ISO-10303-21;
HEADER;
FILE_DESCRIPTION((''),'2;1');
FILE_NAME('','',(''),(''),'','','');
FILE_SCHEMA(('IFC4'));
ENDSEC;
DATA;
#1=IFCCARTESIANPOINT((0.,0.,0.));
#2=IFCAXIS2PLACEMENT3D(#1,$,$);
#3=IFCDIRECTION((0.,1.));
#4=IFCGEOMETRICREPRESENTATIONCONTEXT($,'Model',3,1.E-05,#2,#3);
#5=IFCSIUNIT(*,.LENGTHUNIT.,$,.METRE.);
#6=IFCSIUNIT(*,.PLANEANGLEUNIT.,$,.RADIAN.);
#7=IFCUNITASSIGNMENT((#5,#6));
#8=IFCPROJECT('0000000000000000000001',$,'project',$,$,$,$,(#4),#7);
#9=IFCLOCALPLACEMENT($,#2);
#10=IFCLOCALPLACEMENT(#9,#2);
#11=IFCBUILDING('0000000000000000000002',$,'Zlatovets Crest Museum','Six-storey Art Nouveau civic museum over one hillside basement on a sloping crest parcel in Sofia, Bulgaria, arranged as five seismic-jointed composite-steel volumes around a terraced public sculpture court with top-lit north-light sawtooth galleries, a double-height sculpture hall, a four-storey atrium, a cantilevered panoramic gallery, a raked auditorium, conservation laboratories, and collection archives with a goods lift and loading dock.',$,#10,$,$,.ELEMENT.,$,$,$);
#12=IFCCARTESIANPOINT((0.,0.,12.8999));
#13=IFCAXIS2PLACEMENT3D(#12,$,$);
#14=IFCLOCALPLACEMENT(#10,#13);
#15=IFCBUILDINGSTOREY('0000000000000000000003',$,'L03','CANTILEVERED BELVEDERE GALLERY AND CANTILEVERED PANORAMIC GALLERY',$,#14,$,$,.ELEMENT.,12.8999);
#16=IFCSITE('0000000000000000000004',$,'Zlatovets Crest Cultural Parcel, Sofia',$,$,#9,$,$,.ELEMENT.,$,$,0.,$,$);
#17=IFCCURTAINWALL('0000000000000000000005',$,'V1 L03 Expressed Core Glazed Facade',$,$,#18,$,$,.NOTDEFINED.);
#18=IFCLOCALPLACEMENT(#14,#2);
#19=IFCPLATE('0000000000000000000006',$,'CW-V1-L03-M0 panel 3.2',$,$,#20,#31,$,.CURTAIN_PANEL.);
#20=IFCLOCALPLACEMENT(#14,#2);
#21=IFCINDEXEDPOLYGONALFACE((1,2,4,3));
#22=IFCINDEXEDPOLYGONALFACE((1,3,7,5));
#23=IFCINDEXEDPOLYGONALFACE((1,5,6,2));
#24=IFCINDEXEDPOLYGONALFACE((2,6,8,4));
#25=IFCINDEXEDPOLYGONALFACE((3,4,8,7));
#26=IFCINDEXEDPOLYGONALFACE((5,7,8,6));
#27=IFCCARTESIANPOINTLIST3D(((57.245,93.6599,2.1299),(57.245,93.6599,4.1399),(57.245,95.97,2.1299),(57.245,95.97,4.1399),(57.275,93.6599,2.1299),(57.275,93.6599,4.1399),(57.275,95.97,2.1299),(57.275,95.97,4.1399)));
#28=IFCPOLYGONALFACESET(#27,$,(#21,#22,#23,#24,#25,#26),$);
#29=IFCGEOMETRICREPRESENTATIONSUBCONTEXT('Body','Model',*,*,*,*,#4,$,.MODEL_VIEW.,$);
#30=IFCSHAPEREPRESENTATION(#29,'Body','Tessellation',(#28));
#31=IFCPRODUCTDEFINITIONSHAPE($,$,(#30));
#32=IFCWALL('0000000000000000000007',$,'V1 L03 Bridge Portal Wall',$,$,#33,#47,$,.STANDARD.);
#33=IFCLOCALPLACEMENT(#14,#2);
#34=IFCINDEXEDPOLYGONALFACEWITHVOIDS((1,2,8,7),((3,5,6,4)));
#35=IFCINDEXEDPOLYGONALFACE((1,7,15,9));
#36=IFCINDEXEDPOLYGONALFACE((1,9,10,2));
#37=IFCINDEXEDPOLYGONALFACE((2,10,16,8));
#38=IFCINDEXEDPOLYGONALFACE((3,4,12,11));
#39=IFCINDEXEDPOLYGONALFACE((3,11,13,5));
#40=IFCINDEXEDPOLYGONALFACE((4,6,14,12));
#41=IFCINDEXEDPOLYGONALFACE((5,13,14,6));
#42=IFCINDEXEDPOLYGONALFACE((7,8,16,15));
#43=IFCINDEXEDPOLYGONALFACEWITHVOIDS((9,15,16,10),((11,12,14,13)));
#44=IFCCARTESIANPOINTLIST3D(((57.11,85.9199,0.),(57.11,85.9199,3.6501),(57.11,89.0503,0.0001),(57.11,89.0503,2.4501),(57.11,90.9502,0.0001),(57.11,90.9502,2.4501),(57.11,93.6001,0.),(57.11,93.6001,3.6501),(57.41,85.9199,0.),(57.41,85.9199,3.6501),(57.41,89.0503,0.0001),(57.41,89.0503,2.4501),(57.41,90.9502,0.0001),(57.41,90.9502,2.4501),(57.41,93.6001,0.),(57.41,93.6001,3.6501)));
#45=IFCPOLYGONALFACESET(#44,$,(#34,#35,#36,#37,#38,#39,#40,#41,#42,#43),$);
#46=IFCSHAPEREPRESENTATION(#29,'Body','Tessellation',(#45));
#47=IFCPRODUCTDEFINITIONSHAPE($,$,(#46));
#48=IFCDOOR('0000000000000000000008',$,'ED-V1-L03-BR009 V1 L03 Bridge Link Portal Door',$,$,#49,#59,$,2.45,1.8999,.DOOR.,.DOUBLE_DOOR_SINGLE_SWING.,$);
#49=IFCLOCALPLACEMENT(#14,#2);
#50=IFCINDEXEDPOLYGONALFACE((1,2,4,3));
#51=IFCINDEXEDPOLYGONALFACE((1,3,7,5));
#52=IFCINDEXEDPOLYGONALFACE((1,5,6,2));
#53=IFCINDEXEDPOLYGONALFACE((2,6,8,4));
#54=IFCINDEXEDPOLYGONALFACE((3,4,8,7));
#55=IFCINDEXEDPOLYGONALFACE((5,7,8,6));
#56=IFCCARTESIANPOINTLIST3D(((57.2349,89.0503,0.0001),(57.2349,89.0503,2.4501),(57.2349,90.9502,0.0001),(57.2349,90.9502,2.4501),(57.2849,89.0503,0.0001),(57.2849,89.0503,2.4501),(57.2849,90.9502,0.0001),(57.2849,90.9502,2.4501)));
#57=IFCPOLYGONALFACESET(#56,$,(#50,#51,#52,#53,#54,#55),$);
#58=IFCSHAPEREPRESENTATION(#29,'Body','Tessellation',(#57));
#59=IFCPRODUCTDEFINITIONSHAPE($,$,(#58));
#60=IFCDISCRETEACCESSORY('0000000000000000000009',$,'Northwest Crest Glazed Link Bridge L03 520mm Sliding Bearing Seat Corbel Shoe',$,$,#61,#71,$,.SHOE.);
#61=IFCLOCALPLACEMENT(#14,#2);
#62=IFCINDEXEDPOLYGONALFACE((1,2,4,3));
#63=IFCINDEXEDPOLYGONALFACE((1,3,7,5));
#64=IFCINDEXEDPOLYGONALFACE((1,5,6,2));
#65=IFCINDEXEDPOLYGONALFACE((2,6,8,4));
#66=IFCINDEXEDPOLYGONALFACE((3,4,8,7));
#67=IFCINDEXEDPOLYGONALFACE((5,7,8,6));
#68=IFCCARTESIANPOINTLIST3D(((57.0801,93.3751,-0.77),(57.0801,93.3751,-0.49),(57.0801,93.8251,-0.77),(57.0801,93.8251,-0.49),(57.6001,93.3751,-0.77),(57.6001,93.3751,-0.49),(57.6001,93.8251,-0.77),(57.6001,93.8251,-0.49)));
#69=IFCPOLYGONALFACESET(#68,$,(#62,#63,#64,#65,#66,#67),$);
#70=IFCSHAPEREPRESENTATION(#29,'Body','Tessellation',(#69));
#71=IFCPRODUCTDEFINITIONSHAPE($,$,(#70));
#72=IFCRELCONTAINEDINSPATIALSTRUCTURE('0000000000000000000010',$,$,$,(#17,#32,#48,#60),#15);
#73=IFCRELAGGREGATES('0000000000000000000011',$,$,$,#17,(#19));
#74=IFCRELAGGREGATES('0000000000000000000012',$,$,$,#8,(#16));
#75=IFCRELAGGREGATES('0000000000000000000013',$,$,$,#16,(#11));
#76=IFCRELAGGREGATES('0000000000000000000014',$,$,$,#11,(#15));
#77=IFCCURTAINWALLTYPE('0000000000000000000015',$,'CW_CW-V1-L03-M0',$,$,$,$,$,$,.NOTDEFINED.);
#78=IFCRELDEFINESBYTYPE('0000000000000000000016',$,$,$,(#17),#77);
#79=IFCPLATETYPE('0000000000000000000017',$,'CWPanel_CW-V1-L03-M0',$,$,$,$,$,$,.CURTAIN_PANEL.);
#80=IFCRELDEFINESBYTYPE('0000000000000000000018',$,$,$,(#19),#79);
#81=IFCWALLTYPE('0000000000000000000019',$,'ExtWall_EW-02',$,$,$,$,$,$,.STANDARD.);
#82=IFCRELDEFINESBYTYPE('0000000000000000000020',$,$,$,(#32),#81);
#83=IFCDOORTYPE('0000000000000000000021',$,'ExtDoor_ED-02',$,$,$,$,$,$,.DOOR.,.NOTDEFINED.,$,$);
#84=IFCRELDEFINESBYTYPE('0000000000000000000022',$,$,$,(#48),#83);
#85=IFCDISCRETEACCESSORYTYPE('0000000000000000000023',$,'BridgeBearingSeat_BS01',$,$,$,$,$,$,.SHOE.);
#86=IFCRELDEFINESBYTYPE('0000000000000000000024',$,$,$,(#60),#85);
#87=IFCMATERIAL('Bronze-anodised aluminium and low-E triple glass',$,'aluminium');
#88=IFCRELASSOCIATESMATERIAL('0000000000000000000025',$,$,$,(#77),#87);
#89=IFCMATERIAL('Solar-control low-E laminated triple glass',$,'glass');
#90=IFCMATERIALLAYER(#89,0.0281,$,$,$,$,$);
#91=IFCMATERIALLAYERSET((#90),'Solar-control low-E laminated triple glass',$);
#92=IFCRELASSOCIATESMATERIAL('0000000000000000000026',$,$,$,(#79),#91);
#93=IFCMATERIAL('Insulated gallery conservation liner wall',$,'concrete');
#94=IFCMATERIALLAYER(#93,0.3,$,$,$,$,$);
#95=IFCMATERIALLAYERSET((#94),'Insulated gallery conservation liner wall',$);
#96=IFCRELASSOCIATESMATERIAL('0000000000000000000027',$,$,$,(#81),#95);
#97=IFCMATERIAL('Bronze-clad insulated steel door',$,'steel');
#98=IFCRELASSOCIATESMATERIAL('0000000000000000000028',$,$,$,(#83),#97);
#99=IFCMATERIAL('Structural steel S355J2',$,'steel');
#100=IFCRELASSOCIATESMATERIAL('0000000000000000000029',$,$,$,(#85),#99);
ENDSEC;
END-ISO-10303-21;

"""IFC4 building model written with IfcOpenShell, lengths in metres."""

from ifc_helpers import new_model, si_unit, direction, frame, frame_2d, origin, origin_2d, place, context, subcontext, project, spatial, rectangle, extrude, material, layer, layer_set, type_object, element, fill, aggregate, save


model = new_model("IFC4")

# Units and contexts
model_context = context("Model", 3, precision=1e-05, world=origin(), true_north=direction((0.0, 1.0)))
body_context = subcontext(model_context, "Body", "Model", "MODEL_VIEW")
ifc_project = project(units=[si_unit("LENGTHUNIT", "METRE"), si_unit("PLANEANGLEUNIT", "RADIAN")], contexts=[model_context])

# Site, building, storey
site_placement = place(None, origin())
site = spatial("IfcSite", under=ifc_project, at=site_placement, Name="Zlatovets Crest Cultural Parcel, Sofia", CompositionType="ELEMENT", RefElevation=0.0)
building_placement = place(site_placement, origin())
building = spatial("IfcBuilding", under=site, at=building_placement, Name="Zlatovets Crest Museum", Description="Six-storey Art Nouveau civic museum over one hillside basement on a sloping crest parcel in Sofia, Bulgaria, arranged as five seismic-jointed composite-steel volumes around a terraced public sculpture court with top-lit north-light sawtooth galleries, a double-height sculpture hall, a four-storey atrium, a cantilevered panoramic gallery, a raked auditorium, conservation laboratories, and collection archives with a goods lift and loading dock.", CompositionType="ELEMENT")
storey_placement = place(building_placement, frame((0.0, 0.0, 12.8999)))
storey = spatial("IfcBuildingStorey", under=building, at=storey_placement, Name="L03", Description="CANTILEVERED BELVEDERE GALLERY AND CANTILEVERED PANORAMIC GALLERY", CompositionType="ELEMENT", Elevation=12.8999)

# Shared definitions
ifc_material_1 = material(Name="Structural steel S355J2", Category="steel")

# Curtain wall
ifc_material_2 = material(Name="Bronze-anodised aluminium and low-E triple glass", Category="aluminium")
curtain_wall_type_1 = type_object("IfcCurtainWallType", Name="CW_CW-V1-L03-M0", PredefinedType="NOTDEFINED", material=ifc_material_2)
curtain_wall_1_placement = place(storey_placement, origin())
curtain_wall_1 = element("IfcCurtainWall", 1, at=curtain_wall_1_placement, inside=storey, type_object=curtain_wall_type_1, Name="V1 L03 Expressed Core Glazed Facade", PredefinedType="NOTDEFINED")

# Plate
ifc_material_3 = material(Name="Solar-control low-E laminated triple glass", Category="glass")
ifc_layer_1 = layer(ifc_material_3, 0.0281)
ifc_layer_set_1 = layer_set([ifc_layer_1], Name="Solar-control low-E laminated triple glass")
plate_type = type_object("IfcPlateType", Name="CWPanel_CW-V1-L03-M0", PredefinedType="CURTAIN_PANEL", material=ifc_layer_set_1)
plate_1_placement = place(storey_placement, frame((57.26, 94.8149, 2.1299), z_axis=(0.0, 0.0, 1.0), x_axis=(0.0, -1.0, 0.0)))
plate_1 = element("IfcPlate", 2, at=plate_1_placement, type_object=plate_type, Name="CW-V1-L03-M0 panel 3.2", PredefinedType="CURTAIN_PANEL", context=body_context, shape_type="SweptSolid", body=[
    extrude(rectangle(XDim=2.3101, YDim=0.03, at=origin_2d()), origin(), (0.0, 0.0, 1.0), 2.01),
])
aggregate(curtain_wall_1, [plate_1])

# Wall, opening, door
ifc_material_4 = material(Name="Insulated gallery conservation liner wall", Category="concrete")
ifc_layer_2 = layer(ifc_material_4, 0.3)
ifc_layer_set_2 = layer_set([ifc_layer_2], Name="Insulated gallery conservation liner wall")
wall_type = type_object("IfcWallType", Name="ExtWall_EW-02", PredefinedType="STANDARD", material=ifc_layer_set_2)
wall_placement = place(storey_placement, frame((57.26, 93.6001, 0.0), z_axis=(0.0, 0.0, 1.0), x_axis=(0.0, -1.0, 0.0)))
wall = element("IfcWall", 3, at=wall_placement, inside=storey, type_object=wall_type, Name="V1 L03 Bridge Portal Wall", PredefinedType="STANDARD", context=body_context, shape_type="SweptSolid", body=[
    extrude(rectangle(XDim=7.6802, YDim=0.3, at=frame_2d((3.8401, 0.0))), origin(), (0.0, 0.0, 1.0), 3.6501),
])
opening_placement = place(wall_placement, frame((2.6499, 0.0, 0.0)))
opening = element("IfcOpeningElement", 4, at=opening_placement, cuts=wall, PredefinedType="OPENING", context=body_context, shape_type="SweptSolid", body=[
    extrude(rectangle(XDim=1.8999, YDim=2.45, at=frame_2d((0.95, 1.2251))), frame((0.0, 0.1602, 0.0), z_axis=(0.0, -1.0, 0.0), x_axis=(1.0, 0.0, 0.0)), (0.0, 0.0, 1.0), 0.3201),
])
ifc_material_5 = material(Name="Bronze-clad insulated steel door", Category="steel")
door_type = type_object("IfcDoorType", Name="ExtDoor_ED-02", OperationType="NOTDEFINED", PredefinedType="DOOR", material=ifc_material_5)
door_placement = place(opening_placement, origin())
door = element("IfcDoor", 5, at=door_placement, inside=storey, type_object=door_type, Name="ED-V1-L03-BR009 V1 L03 Bridge Link Portal Door", OperationType="DOUBLE_DOOR_SINGLE_SWING", OverallHeight=2.45, OverallWidth=1.8999, PredefinedType="DOOR", context=body_context, shape_type="SweptSolid", body=[
    extrude(rectangle(XDim=1.8999, YDim=2.45, at=frame_2d((0.95, 1.2251))), frame((0.0, 0.0249, 0.0), z_axis=(0.0, -1.0, 0.0), x_axis=(1.0, 0.0, 0.0)), (0.0, 0.0, 1.0), 0.05),
])
fill(opening, door)

# Discrete accessory
discrete_accessory_type = type_object("IfcDiscreteAccessoryType", Name="BridgeBearingSeat_BS01", PredefinedType="SHOE", material=ifc_material_1)
discrete_accessory_placement = place(storey_placement, frame((57.3401, 93.6001, -0.77), z_axis=(0.0, 0.0, 1.0), x_axis=(1.0, 0.0, 0.0)))
element("IfcDiscreteAccessory", 6, at=discrete_accessory_placement, inside=storey, type_object=discrete_accessory_type, Name="Northwest Crest Glazed Link Bridge L03 520mm Sliding Bearing Seat Corbel Shoe", PredefinedType="SHOE", context=body_context, shape_type="SweptSolid", body=[
    extrude(rectangle(XDim=0.52, YDim=0.45, at=origin_2d()), origin(), (0.0, 0.0, 1.0), 0.28),
])

save(model, "model.ifc")
